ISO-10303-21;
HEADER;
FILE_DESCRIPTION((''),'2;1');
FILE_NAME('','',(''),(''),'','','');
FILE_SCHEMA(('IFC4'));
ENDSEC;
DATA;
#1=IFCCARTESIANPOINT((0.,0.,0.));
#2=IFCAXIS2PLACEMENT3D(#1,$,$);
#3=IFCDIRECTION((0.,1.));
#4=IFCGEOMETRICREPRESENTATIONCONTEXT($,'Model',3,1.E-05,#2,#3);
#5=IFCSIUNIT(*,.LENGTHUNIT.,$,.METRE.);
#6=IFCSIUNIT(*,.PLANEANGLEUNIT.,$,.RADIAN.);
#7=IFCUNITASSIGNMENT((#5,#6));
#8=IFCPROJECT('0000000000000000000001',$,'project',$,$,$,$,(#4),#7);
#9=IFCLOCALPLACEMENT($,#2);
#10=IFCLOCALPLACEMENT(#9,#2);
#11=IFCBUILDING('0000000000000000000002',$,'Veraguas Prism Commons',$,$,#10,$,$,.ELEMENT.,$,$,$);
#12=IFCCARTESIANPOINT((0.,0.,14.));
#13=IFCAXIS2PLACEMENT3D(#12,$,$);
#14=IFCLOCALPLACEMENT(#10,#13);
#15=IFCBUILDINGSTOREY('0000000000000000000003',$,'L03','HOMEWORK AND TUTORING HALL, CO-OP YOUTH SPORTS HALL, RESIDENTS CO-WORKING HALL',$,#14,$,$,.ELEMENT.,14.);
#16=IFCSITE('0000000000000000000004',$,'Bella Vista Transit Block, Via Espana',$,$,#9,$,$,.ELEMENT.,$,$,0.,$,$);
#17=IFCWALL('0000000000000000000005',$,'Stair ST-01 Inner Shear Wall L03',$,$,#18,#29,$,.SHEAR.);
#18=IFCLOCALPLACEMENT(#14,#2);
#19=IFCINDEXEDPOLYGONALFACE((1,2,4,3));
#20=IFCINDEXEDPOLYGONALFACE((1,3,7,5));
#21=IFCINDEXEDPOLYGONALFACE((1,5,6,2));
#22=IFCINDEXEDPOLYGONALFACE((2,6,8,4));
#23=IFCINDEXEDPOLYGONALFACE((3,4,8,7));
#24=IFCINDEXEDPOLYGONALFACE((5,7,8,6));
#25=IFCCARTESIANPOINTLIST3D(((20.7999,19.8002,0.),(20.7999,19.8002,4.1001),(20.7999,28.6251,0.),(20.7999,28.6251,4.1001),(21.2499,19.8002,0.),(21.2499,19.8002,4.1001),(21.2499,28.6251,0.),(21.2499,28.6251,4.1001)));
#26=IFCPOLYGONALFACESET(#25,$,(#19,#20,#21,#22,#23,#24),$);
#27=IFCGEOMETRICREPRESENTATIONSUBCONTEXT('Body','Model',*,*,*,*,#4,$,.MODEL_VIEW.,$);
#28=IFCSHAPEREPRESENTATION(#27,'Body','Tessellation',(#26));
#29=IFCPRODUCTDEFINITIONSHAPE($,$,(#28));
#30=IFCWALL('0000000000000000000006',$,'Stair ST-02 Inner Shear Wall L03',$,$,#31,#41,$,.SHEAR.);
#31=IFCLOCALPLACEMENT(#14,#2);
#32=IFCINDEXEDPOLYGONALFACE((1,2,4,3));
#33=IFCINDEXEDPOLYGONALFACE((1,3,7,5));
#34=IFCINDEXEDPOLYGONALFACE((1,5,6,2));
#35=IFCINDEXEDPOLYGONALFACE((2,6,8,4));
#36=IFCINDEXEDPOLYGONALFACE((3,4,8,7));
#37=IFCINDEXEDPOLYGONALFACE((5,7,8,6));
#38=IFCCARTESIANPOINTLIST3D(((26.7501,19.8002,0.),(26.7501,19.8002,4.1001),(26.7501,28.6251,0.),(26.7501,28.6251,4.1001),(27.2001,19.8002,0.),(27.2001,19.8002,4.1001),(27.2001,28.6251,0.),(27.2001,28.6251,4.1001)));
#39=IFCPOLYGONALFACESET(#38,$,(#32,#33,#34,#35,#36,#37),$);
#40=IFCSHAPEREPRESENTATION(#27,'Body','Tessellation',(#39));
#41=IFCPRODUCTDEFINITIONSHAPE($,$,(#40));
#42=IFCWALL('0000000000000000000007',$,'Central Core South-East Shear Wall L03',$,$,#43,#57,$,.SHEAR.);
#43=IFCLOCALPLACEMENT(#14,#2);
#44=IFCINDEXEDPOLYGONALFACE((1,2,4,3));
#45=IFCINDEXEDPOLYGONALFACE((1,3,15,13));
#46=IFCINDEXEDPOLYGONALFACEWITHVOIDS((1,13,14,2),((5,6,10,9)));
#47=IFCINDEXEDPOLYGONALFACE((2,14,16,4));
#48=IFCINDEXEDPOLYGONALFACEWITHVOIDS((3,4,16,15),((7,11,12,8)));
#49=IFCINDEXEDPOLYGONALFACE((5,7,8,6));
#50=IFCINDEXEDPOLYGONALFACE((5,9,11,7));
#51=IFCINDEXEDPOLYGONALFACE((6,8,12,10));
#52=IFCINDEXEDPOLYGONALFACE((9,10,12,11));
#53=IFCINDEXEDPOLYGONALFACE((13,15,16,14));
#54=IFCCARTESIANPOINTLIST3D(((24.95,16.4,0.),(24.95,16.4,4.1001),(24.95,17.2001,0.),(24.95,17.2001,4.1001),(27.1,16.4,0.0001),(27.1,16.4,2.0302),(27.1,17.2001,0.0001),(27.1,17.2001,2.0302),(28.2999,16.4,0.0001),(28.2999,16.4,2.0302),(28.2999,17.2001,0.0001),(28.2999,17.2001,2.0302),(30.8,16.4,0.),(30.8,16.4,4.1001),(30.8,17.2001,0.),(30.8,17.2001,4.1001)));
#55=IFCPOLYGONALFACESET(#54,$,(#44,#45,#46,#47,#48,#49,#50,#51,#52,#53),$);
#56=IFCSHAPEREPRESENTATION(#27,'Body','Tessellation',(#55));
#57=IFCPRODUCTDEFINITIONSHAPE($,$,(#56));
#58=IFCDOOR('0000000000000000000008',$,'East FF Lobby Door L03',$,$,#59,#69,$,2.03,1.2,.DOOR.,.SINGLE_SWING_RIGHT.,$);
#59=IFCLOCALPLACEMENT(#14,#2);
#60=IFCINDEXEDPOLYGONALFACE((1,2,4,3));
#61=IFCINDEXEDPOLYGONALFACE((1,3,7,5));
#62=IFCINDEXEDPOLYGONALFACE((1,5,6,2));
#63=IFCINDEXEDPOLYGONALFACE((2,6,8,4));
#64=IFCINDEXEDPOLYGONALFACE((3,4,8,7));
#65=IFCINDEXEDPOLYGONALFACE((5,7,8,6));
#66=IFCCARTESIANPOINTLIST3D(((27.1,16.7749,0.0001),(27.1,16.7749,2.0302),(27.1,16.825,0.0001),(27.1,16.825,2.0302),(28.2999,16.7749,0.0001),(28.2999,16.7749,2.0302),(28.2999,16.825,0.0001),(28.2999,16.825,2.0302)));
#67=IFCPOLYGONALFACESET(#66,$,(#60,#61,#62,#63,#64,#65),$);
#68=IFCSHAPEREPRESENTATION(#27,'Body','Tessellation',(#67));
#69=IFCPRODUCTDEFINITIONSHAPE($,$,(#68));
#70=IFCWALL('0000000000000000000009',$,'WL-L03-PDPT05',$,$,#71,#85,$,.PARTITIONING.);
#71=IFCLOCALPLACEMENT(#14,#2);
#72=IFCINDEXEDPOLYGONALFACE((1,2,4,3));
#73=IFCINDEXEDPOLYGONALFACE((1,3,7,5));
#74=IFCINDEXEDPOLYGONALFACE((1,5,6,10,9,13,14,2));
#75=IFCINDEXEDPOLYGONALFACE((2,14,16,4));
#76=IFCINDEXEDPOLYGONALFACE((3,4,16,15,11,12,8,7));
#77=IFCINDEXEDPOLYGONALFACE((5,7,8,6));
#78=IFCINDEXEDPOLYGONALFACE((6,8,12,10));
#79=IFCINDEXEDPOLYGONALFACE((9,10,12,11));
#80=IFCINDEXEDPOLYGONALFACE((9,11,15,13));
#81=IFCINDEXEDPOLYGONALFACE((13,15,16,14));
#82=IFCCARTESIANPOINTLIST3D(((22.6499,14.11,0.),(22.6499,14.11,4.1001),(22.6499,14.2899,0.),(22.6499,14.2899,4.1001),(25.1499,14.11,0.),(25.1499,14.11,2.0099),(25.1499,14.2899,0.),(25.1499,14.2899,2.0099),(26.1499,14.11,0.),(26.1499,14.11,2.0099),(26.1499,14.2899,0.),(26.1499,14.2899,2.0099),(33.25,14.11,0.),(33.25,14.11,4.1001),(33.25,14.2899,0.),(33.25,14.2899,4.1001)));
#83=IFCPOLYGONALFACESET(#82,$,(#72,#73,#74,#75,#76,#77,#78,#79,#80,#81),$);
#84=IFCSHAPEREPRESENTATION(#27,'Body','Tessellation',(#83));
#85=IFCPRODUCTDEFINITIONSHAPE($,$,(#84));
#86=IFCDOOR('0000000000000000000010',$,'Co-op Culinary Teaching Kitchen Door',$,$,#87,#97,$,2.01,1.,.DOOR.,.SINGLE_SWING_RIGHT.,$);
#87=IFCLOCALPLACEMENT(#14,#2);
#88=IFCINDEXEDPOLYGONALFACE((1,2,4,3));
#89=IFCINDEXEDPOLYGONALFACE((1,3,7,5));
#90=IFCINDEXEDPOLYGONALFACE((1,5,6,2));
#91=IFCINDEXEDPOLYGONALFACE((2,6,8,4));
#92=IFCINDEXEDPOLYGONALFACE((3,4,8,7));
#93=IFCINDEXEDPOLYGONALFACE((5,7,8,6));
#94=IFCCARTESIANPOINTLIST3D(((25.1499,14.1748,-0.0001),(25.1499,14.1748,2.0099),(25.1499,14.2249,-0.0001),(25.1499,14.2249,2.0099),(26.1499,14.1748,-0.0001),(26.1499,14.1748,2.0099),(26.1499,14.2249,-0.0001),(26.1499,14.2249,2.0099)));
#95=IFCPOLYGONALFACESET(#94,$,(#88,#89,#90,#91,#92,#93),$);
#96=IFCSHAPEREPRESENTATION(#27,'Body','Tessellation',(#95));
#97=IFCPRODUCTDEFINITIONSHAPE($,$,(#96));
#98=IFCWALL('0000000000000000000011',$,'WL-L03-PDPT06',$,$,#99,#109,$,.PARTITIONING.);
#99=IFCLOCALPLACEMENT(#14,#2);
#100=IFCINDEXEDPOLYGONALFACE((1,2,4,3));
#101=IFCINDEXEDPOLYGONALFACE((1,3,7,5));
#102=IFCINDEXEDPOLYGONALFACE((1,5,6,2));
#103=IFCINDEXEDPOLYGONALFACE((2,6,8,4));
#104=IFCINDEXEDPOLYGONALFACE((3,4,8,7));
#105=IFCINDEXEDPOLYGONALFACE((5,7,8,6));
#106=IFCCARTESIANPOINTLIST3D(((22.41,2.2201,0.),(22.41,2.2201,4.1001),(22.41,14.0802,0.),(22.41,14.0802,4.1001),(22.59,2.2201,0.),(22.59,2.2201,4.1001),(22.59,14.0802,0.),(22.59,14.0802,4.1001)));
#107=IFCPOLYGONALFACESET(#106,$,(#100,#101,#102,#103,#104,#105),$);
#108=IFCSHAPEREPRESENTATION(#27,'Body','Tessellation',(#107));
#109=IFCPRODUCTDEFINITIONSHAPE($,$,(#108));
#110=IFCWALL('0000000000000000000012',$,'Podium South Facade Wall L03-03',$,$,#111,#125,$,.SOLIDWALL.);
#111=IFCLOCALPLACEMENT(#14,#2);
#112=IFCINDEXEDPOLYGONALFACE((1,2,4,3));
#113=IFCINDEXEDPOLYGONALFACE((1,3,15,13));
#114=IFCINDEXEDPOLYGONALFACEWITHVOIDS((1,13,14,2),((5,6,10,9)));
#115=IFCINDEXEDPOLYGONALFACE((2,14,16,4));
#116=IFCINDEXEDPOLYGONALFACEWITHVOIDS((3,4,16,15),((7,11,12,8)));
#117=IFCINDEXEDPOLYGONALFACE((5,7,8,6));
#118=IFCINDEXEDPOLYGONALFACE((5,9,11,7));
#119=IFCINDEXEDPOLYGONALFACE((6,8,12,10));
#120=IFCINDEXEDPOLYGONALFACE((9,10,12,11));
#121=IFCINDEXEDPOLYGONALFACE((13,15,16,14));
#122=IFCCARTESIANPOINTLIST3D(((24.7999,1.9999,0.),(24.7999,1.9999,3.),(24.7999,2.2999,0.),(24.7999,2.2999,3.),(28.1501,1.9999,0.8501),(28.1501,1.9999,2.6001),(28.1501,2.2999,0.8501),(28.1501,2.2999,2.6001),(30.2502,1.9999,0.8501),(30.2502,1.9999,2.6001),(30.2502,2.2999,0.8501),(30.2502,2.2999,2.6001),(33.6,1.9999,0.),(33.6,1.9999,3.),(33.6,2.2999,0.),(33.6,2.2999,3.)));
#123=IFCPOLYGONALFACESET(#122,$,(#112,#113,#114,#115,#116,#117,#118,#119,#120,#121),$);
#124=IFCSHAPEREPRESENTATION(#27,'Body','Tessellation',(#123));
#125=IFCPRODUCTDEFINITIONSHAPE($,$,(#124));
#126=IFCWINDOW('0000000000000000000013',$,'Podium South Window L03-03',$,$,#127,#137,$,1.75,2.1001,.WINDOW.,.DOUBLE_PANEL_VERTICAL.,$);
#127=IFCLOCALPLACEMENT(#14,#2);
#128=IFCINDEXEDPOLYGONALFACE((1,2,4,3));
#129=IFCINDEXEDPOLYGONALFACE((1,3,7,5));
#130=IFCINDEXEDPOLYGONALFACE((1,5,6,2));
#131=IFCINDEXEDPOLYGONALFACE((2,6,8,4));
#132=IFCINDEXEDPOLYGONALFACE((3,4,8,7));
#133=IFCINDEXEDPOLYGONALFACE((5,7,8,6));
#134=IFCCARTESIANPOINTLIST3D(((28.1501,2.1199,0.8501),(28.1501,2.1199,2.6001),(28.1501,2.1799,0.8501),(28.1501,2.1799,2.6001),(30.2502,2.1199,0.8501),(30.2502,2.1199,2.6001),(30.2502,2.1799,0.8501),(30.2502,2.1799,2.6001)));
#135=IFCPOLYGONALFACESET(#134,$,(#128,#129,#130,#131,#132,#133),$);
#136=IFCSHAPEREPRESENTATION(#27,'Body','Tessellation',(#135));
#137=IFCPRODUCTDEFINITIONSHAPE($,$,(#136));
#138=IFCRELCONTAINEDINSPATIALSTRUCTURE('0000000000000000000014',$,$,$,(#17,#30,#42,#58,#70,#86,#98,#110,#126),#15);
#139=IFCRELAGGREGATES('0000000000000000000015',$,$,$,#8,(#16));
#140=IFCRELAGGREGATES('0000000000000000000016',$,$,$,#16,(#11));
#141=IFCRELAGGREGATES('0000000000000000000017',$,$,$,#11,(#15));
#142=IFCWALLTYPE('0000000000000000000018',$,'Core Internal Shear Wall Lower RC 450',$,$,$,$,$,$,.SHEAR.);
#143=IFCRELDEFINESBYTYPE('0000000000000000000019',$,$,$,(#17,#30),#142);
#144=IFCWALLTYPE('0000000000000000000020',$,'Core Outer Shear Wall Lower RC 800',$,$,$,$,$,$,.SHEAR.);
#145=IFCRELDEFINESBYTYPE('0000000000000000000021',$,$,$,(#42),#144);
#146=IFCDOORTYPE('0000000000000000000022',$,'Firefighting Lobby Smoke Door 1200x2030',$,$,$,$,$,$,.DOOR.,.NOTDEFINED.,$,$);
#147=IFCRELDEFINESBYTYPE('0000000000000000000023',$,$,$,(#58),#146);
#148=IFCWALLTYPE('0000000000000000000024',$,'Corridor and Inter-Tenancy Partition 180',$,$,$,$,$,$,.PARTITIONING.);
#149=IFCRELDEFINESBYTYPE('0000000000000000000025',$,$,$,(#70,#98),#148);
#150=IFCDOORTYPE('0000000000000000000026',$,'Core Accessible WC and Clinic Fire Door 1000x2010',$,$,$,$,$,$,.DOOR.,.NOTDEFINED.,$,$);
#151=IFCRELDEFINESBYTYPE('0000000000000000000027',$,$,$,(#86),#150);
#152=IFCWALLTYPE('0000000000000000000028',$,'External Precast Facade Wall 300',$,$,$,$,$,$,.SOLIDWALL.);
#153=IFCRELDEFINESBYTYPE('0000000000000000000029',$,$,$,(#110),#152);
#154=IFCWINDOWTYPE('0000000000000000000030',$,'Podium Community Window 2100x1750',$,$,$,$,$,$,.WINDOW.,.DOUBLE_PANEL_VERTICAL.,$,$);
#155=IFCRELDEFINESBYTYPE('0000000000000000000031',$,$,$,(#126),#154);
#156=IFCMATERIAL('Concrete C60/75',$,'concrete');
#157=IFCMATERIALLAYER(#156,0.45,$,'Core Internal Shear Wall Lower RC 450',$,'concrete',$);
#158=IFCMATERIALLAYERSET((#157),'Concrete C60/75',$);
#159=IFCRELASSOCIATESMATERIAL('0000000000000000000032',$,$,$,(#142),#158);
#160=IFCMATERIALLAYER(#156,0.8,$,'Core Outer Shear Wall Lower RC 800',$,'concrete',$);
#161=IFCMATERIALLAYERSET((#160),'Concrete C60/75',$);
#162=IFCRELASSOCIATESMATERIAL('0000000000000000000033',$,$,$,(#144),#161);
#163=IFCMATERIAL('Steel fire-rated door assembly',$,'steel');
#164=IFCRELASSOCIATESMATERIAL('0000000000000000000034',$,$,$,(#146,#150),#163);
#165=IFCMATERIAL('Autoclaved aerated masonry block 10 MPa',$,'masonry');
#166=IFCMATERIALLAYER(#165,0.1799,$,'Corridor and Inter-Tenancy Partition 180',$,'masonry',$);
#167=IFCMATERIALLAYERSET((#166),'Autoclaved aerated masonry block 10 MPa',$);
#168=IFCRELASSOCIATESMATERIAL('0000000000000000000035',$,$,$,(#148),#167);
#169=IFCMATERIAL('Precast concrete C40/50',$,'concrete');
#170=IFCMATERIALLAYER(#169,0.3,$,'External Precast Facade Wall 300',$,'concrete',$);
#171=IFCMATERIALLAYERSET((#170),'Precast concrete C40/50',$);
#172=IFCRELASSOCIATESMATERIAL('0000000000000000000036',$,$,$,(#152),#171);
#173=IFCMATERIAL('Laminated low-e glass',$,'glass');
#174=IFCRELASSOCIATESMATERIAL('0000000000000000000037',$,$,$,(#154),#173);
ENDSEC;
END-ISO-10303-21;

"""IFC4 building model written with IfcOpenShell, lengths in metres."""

from ifc_helpers import new_model, si_unit, direction, frame, frame_2d, origin, place, context, subcontext, project, spatial, rectangle, extrude, source, transform, mapped, material, layer, layer_set, type_object, element, fill, save


model = new_model("IFC4")

# Units and contexts
model_context = context("Model", 3, precision=1e-05, world=origin(), true_north=direction((0.0, 1.0)))
body_context = subcontext(model_context, "Body", "Model", "MODEL_VIEW")
ifc_project = project(units=[si_unit("LENGTHUNIT", "METRE"), si_unit("PLANEANGLEUNIT", "RADIAN")], contexts=[model_context])

# Site, building, storey
site_placement = place(None, origin())
site = spatial("IfcSite", under=ifc_project, at=site_placement, Name="Bella Vista Transit Block, Via Espana", CompositionType="ELEMENT", RefElevation=0.0)
building_placement = place(site_placement, origin())
building = spatial("IfcBuilding", under=site, at=building_placement, Name="Veraguas Prism Commons", CompositionType="ELEMENT")
storey_placement = place(building_placement, frame((0.0, 0.0, 14.0)))
storey = spatial("IfcBuildingStorey", under=building, at=storey_placement, Name="L03", Description="HOMEWORK AND TUTORING HALL, CO-OP YOUTH SPORTS HALL, RESIDENTS CO-WORKING HALL", CompositionType="ELEMENT", Elevation=14.0)

# Shared definitions
ifc_material_1 = material(Name="Concrete C60/75", Category="concrete")

# Shared definitions
ifc_layer_1 = layer(ifc_material_1, 0.45, Name="Core Internal Shear Wall Lower RC 450", Category="concrete")
ifc_layer_set_1 = layer_set([ifc_layer_1], Name="Concrete C60/75")
wall_type_1 = type_object("IfcWallType", Name="Core Internal Shear Wall Lower RC 450", PredefinedType="SHEAR", material=ifc_layer_set_1)
ifc_material_2 = material(Name="Steel fire-rated door assembly", Category="steel")

# Walls
for number, where, z_axis, x_axis, name in (
    (1, (21.0249, 19.8, 0.0), (0.0, 0.0, 1.0), (0.0, 1.0, 0.0), "Stair ST-01 Inner Shear Wall L03"),
    (2, (26.9751, 19.8, 0.0), (0.0, 0.0, 1.0), (0.0, 1.0, 0.0), "Stair ST-02 Inner Shear Wall L03"),
):
    element("IfcWall", number, at=place(storey_placement, frame(where, z_axis=z_axis, x_axis=x_axis)), inside=storey, type_object=wall_type_1, Name=name, PredefinedType="SHEAR", context=body_context, shape_type="SweptSolid", body=[
        extrude(rectangle(XDim=8.825, YDim=0.45, at=frame_2d((4.4126, 0.0))), origin(), (0.0, 0.0, 1.0), 4.1001),
    ])

# Walls, openings, doors
ifc_layer_2 = layer(ifc_material_1, 0.8, Name="Core Outer Shear Wall Lower RC 800", Category="concrete")
ifc_layer_set_2 = layer_set([ifc_layer_2], Name="Concrete C60/75")
wall_type_2 = type_object("IfcWallType", Name="Core Outer Shear Wall Lower RC 800", PredefinedType="SHEAR", material=ifc_layer_set_2)
wall_1_placement = place(storey_placement, frame((24.95, 16.8, 0.0), z_axis=(0.0, 0.0, 1.0), x_axis=(1.0, 0.0, 0.0)))
wall_1 = element("IfcWall", 3, at=wall_1_placement, inside=storey, type_object=wall_type_2, Name="Central Core South-East Shear Wall L03", PredefinedType="SHEAR", context=body_context, shape_type="SweptSolid", body=[
    extrude(rectangle(XDim=5.8501, YDim=0.8, at=frame_2d((2.925, 0.0))), origin(), (0.0, 0.0, 1.0), 4.1001),
])
opening_1_placement = place(wall_1_placement, frame((2.1499, 0.0, 0.0)))
opening_1 = element("IfcOpeningElement", 4, at=opening_1_placement, cuts=wall_1, PredefinedType="OPENING", context=body_context, shape_type="SweptSolid", body=[
    extrude(rectangle(XDim=1.2, YDim=2.03, at=frame_2d((0.6001, 1.0151))), frame((0.0, 0.4099, 0.0), z_axis=(0.0, -1.0, 0.0), x_axis=(1.0, 0.0, 0.0)), (0.0, 0.0, 1.0), 0.8201),
])
door_type_1 = type_object("IfcDoorType", Name="Firefighting Lobby Smoke Door 1200x2030", OperationType="NOTDEFINED", PredefinedType="DOOR", material=ifc_material_2)
shared_shape_1 = source(origin(), body_context, "Body", "SweptSolid", [
    extrude(rectangle(XDim=1.2, YDim=2.03, at=frame_2d((0.6001, 1.0151))), frame((0.0, 0.0249, 0.0), z_axis=(0.0, -1.0, 0.0), x_axis=(1.0, 0.0, 0.0)), (0.0, 0.0, 1.0), 0.05),
])
door_1_placement = place(opening_1_placement, origin())
door_1 = element("IfcDoor", 5, at=door_1_placement, inside=storey, type_object=door_type_1, Name="East FF Lobby Door L03", OperationType="SINGLE_SWING_RIGHT", OverallHeight=2.03, OverallWidth=1.2, PredefinedType="DOOR", context=body_context, shape_type="MappedRepresentation", body=[
    mapped(shared_shape_1, transform((0.0, 0.0, 0.0), scale=1.0)),
])
fill(opening_1, door_1)
ifc_material_3 = material(Name="Autoclaved aerated masonry block 10 MPa", Category="masonry")
ifc_layer_3 = layer(ifc_material_3, 0.1799, Name="Corridor and Inter-Tenancy Partition 180", Category="masonry")
ifc_layer_set_3 = layer_set([ifc_layer_3], Name="Autoclaved aerated masonry block 10 MPa")
wall_type_3 = type_object("IfcWallType", Name="Corridor and Inter-Tenancy Partition 180", PredefinedType="PARTITIONING", material=ifc_layer_set_3)
wall_2_placement = place(storey_placement, frame((22.6499, 14.2, 0.0), z_axis=(0.0, 0.0, 1.0), x_axis=(1.0, 0.0, 0.0)))
wall_2 = element("IfcWall", 6, at=wall_2_placement, inside=storey, type_object=wall_type_3, Name="WL-L03-PDPT05", PredefinedType="PARTITIONING", context=body_context, shape_type="SweptSolid", body=[
    extrude(rectangle(XDim=10.6001, YDim=0.1799, at=frame_2d((5.3, 0.0))), origin(), (0.0, 0.0, 1.0), 4.1001),
])
opening_2_placement = place(wall_2_placement, frame((2.5, 0.0, 0.0)))
opening_2 = element("IfcOpeningElement", 7, at=opening_2_placement, cuts=wall_2, PredefinedType="OPENING", context=body_context, shape_type="SweptSolid", body=[
    extrude(rectangle(XDim=1.0, YDim=2.01, at=frame_2d((0.5, 1.0049))), frame((0.0, 0.0999, 0.0), z_axis=(0.0, -1.0, 0.0), x_axis=(1.0, 0.0, 0.0)), (0.0, 0.0, 1.0), 0.2),
])
door_type_2 = type_object("IfcDoorType", Name="Core Accessible WC and Clinic Fire Door 1000x2010", OperationType="NOTDEFINED", PredefinedType="DOOR", material=ifc_material_2)
shared_shape_2 = source(origin(), body_context, "Body", "SweptSolid", [
    extrude(rectangle(XDim=1.0, YDim=2.01, at=frame_2d((0.5, 1.0049))), frame((0.0, 0.0249, 0.0), z_axis=(0.0, -1.0, 0.0), x_axis=(1.0, 0.0, 0.0)), (0.0, 0.0, 1.0), 0.05),
])
door_2_placement = place(opening_2_placement, origin())
door_2 = element("IfcDoor", 8, at=door_2_placement, inside=storey, type_object=door_type_2, Name="Co-op Culinary Teaching Kitchen Door", OperationType="SINGLE_SWING_RIGHT", OverallHeight=2.01, OverallWidth=1.0, PredefinedType="DOOR", context=body_context, shape_type="MappedRepresentation", body=[
    mapped(shared_shape_2, transform((0.0, 0.0, 0.0), scale=1.0)),
])
fill(opening_2, door_2)

# Wall
wall_3_placement = place(storey_placement, frame((22.5, 2.22, 0.0), z_axis=(0.0, 0.0, 1.0), x_axis=(0.0, 1.0, 0.0)))
element("IfcWall", 9, at=wall_3_placement, inside=storey, type_object=wall_type_3, Name="WL-L03-PDPT06", PredefinedType="PARTITIONING", context=body_context, shape_type="SweptSolid", body=[
    extrude(rectangle(XDim=11.8601, YDim=0.1799, at=frame_2d((5.9302, 0.0))), origin(), (0.0, 0.0, 1.0), 4.1001),
])

# Wall, opening, window
ifc_material_4 = material(Name="Precast concrete C40/50", Category="concrete")
ifc_layer_4 = layer(ifc_material_4, 0.3, Name="External Precast Facade Wall 300", Category="concrete")
ifc_layer_set_4 = layer_set([ifc_layer_4], Name="Precast concrete C40/50")
wall_type_4 = type_object("IfcWallType", Name="External Precast Facade Wall 300", PredefinedType="SOLIDWALL", material=ifc_layer_set_4)
wall_4_placement = place(storey_placement, frame((24.8, 2.1499, 0.0), z_axis=(0.0, 0.0, 1.0), x_axis=(1.0, 0.0, 0.0)))
wall_4 = element("IfcWall", 10, at=wall_4_placement, inside=storey, type_object=wall_type_4, Name="Podium South Facade Wall L03-03", PredefinedType="SOLIDWALL", context=body_context, shape_type="SweptSolid", body=[
    extrude(rectangle(XDim=8.8, YDim=0.3, at=frame_2d((4.3999, 0.0))), origin(), (0.0, 0.0, 1.0), 3.0),
])
opening_3_placement = place(wall_4_placement, frame((3.3501, 0.0, 0.8501)))
opening_3 = element("IfcOpeningElement", 11, at=opening_3_placement, cuts=wall_4, PredefinedType="OPENING", context=body_context, shape_type="SweptSolid", body=[
    extrude(rectangle(XDim=2.1001, YDim=1.75, at=frame_2d((1.05, 0.875))), frame((0.0, 0.1599, 0.0), z_axis=(0.0, -1.0, 0.0), x_axis=(1.0, 0.0, 0.0)), (0.0, 0.0, 1.0), 0.3201),
])
ifc_material_5 = material(Name="Laminated low-e glass", Category="glass")
window_type = type_object("IfcWindowType", Name="Podium Community Window 2100x1750", PartitioningType="DOUBLE_PANEL_VERTICAL", PredefinedType="WINDOW", material=ifc_material_5)
shared_shape_3 = source(origin(), body_context, "Body", "SweptSolid", [
    extrude(rectangle(XDim=2.1001, YDim=1.75, at=frame_2d((1.05, 0.875))), frame((0.0, 0.03, 0.0), z_axis=(0.0, -1.0, 0.0), x_axis=(1.0, 0.0, 0.0)), (0.0, 0.0, 1.0), 0.0601),
])
window_placement = place(opening_3_placement, origin())
window = element("IfcWindow", 12, at=window_placement, inside=storey, type_object=window_type, Name="Podium South Window L03-03", OverallHeight=1.75, OverallWidth=2.1001, PartitioningType="DOUBLE_PANEL_VERTICAL", PredefinedType="WINDOW", context=body_context, shape_type="MappedRepresentation", body=[
    mapped(shared_shape_3, transform((0.0, 0.0, 0.0), scale=1.0)),
])
fill(opening_3, window)

save(model, "model.ifc")
